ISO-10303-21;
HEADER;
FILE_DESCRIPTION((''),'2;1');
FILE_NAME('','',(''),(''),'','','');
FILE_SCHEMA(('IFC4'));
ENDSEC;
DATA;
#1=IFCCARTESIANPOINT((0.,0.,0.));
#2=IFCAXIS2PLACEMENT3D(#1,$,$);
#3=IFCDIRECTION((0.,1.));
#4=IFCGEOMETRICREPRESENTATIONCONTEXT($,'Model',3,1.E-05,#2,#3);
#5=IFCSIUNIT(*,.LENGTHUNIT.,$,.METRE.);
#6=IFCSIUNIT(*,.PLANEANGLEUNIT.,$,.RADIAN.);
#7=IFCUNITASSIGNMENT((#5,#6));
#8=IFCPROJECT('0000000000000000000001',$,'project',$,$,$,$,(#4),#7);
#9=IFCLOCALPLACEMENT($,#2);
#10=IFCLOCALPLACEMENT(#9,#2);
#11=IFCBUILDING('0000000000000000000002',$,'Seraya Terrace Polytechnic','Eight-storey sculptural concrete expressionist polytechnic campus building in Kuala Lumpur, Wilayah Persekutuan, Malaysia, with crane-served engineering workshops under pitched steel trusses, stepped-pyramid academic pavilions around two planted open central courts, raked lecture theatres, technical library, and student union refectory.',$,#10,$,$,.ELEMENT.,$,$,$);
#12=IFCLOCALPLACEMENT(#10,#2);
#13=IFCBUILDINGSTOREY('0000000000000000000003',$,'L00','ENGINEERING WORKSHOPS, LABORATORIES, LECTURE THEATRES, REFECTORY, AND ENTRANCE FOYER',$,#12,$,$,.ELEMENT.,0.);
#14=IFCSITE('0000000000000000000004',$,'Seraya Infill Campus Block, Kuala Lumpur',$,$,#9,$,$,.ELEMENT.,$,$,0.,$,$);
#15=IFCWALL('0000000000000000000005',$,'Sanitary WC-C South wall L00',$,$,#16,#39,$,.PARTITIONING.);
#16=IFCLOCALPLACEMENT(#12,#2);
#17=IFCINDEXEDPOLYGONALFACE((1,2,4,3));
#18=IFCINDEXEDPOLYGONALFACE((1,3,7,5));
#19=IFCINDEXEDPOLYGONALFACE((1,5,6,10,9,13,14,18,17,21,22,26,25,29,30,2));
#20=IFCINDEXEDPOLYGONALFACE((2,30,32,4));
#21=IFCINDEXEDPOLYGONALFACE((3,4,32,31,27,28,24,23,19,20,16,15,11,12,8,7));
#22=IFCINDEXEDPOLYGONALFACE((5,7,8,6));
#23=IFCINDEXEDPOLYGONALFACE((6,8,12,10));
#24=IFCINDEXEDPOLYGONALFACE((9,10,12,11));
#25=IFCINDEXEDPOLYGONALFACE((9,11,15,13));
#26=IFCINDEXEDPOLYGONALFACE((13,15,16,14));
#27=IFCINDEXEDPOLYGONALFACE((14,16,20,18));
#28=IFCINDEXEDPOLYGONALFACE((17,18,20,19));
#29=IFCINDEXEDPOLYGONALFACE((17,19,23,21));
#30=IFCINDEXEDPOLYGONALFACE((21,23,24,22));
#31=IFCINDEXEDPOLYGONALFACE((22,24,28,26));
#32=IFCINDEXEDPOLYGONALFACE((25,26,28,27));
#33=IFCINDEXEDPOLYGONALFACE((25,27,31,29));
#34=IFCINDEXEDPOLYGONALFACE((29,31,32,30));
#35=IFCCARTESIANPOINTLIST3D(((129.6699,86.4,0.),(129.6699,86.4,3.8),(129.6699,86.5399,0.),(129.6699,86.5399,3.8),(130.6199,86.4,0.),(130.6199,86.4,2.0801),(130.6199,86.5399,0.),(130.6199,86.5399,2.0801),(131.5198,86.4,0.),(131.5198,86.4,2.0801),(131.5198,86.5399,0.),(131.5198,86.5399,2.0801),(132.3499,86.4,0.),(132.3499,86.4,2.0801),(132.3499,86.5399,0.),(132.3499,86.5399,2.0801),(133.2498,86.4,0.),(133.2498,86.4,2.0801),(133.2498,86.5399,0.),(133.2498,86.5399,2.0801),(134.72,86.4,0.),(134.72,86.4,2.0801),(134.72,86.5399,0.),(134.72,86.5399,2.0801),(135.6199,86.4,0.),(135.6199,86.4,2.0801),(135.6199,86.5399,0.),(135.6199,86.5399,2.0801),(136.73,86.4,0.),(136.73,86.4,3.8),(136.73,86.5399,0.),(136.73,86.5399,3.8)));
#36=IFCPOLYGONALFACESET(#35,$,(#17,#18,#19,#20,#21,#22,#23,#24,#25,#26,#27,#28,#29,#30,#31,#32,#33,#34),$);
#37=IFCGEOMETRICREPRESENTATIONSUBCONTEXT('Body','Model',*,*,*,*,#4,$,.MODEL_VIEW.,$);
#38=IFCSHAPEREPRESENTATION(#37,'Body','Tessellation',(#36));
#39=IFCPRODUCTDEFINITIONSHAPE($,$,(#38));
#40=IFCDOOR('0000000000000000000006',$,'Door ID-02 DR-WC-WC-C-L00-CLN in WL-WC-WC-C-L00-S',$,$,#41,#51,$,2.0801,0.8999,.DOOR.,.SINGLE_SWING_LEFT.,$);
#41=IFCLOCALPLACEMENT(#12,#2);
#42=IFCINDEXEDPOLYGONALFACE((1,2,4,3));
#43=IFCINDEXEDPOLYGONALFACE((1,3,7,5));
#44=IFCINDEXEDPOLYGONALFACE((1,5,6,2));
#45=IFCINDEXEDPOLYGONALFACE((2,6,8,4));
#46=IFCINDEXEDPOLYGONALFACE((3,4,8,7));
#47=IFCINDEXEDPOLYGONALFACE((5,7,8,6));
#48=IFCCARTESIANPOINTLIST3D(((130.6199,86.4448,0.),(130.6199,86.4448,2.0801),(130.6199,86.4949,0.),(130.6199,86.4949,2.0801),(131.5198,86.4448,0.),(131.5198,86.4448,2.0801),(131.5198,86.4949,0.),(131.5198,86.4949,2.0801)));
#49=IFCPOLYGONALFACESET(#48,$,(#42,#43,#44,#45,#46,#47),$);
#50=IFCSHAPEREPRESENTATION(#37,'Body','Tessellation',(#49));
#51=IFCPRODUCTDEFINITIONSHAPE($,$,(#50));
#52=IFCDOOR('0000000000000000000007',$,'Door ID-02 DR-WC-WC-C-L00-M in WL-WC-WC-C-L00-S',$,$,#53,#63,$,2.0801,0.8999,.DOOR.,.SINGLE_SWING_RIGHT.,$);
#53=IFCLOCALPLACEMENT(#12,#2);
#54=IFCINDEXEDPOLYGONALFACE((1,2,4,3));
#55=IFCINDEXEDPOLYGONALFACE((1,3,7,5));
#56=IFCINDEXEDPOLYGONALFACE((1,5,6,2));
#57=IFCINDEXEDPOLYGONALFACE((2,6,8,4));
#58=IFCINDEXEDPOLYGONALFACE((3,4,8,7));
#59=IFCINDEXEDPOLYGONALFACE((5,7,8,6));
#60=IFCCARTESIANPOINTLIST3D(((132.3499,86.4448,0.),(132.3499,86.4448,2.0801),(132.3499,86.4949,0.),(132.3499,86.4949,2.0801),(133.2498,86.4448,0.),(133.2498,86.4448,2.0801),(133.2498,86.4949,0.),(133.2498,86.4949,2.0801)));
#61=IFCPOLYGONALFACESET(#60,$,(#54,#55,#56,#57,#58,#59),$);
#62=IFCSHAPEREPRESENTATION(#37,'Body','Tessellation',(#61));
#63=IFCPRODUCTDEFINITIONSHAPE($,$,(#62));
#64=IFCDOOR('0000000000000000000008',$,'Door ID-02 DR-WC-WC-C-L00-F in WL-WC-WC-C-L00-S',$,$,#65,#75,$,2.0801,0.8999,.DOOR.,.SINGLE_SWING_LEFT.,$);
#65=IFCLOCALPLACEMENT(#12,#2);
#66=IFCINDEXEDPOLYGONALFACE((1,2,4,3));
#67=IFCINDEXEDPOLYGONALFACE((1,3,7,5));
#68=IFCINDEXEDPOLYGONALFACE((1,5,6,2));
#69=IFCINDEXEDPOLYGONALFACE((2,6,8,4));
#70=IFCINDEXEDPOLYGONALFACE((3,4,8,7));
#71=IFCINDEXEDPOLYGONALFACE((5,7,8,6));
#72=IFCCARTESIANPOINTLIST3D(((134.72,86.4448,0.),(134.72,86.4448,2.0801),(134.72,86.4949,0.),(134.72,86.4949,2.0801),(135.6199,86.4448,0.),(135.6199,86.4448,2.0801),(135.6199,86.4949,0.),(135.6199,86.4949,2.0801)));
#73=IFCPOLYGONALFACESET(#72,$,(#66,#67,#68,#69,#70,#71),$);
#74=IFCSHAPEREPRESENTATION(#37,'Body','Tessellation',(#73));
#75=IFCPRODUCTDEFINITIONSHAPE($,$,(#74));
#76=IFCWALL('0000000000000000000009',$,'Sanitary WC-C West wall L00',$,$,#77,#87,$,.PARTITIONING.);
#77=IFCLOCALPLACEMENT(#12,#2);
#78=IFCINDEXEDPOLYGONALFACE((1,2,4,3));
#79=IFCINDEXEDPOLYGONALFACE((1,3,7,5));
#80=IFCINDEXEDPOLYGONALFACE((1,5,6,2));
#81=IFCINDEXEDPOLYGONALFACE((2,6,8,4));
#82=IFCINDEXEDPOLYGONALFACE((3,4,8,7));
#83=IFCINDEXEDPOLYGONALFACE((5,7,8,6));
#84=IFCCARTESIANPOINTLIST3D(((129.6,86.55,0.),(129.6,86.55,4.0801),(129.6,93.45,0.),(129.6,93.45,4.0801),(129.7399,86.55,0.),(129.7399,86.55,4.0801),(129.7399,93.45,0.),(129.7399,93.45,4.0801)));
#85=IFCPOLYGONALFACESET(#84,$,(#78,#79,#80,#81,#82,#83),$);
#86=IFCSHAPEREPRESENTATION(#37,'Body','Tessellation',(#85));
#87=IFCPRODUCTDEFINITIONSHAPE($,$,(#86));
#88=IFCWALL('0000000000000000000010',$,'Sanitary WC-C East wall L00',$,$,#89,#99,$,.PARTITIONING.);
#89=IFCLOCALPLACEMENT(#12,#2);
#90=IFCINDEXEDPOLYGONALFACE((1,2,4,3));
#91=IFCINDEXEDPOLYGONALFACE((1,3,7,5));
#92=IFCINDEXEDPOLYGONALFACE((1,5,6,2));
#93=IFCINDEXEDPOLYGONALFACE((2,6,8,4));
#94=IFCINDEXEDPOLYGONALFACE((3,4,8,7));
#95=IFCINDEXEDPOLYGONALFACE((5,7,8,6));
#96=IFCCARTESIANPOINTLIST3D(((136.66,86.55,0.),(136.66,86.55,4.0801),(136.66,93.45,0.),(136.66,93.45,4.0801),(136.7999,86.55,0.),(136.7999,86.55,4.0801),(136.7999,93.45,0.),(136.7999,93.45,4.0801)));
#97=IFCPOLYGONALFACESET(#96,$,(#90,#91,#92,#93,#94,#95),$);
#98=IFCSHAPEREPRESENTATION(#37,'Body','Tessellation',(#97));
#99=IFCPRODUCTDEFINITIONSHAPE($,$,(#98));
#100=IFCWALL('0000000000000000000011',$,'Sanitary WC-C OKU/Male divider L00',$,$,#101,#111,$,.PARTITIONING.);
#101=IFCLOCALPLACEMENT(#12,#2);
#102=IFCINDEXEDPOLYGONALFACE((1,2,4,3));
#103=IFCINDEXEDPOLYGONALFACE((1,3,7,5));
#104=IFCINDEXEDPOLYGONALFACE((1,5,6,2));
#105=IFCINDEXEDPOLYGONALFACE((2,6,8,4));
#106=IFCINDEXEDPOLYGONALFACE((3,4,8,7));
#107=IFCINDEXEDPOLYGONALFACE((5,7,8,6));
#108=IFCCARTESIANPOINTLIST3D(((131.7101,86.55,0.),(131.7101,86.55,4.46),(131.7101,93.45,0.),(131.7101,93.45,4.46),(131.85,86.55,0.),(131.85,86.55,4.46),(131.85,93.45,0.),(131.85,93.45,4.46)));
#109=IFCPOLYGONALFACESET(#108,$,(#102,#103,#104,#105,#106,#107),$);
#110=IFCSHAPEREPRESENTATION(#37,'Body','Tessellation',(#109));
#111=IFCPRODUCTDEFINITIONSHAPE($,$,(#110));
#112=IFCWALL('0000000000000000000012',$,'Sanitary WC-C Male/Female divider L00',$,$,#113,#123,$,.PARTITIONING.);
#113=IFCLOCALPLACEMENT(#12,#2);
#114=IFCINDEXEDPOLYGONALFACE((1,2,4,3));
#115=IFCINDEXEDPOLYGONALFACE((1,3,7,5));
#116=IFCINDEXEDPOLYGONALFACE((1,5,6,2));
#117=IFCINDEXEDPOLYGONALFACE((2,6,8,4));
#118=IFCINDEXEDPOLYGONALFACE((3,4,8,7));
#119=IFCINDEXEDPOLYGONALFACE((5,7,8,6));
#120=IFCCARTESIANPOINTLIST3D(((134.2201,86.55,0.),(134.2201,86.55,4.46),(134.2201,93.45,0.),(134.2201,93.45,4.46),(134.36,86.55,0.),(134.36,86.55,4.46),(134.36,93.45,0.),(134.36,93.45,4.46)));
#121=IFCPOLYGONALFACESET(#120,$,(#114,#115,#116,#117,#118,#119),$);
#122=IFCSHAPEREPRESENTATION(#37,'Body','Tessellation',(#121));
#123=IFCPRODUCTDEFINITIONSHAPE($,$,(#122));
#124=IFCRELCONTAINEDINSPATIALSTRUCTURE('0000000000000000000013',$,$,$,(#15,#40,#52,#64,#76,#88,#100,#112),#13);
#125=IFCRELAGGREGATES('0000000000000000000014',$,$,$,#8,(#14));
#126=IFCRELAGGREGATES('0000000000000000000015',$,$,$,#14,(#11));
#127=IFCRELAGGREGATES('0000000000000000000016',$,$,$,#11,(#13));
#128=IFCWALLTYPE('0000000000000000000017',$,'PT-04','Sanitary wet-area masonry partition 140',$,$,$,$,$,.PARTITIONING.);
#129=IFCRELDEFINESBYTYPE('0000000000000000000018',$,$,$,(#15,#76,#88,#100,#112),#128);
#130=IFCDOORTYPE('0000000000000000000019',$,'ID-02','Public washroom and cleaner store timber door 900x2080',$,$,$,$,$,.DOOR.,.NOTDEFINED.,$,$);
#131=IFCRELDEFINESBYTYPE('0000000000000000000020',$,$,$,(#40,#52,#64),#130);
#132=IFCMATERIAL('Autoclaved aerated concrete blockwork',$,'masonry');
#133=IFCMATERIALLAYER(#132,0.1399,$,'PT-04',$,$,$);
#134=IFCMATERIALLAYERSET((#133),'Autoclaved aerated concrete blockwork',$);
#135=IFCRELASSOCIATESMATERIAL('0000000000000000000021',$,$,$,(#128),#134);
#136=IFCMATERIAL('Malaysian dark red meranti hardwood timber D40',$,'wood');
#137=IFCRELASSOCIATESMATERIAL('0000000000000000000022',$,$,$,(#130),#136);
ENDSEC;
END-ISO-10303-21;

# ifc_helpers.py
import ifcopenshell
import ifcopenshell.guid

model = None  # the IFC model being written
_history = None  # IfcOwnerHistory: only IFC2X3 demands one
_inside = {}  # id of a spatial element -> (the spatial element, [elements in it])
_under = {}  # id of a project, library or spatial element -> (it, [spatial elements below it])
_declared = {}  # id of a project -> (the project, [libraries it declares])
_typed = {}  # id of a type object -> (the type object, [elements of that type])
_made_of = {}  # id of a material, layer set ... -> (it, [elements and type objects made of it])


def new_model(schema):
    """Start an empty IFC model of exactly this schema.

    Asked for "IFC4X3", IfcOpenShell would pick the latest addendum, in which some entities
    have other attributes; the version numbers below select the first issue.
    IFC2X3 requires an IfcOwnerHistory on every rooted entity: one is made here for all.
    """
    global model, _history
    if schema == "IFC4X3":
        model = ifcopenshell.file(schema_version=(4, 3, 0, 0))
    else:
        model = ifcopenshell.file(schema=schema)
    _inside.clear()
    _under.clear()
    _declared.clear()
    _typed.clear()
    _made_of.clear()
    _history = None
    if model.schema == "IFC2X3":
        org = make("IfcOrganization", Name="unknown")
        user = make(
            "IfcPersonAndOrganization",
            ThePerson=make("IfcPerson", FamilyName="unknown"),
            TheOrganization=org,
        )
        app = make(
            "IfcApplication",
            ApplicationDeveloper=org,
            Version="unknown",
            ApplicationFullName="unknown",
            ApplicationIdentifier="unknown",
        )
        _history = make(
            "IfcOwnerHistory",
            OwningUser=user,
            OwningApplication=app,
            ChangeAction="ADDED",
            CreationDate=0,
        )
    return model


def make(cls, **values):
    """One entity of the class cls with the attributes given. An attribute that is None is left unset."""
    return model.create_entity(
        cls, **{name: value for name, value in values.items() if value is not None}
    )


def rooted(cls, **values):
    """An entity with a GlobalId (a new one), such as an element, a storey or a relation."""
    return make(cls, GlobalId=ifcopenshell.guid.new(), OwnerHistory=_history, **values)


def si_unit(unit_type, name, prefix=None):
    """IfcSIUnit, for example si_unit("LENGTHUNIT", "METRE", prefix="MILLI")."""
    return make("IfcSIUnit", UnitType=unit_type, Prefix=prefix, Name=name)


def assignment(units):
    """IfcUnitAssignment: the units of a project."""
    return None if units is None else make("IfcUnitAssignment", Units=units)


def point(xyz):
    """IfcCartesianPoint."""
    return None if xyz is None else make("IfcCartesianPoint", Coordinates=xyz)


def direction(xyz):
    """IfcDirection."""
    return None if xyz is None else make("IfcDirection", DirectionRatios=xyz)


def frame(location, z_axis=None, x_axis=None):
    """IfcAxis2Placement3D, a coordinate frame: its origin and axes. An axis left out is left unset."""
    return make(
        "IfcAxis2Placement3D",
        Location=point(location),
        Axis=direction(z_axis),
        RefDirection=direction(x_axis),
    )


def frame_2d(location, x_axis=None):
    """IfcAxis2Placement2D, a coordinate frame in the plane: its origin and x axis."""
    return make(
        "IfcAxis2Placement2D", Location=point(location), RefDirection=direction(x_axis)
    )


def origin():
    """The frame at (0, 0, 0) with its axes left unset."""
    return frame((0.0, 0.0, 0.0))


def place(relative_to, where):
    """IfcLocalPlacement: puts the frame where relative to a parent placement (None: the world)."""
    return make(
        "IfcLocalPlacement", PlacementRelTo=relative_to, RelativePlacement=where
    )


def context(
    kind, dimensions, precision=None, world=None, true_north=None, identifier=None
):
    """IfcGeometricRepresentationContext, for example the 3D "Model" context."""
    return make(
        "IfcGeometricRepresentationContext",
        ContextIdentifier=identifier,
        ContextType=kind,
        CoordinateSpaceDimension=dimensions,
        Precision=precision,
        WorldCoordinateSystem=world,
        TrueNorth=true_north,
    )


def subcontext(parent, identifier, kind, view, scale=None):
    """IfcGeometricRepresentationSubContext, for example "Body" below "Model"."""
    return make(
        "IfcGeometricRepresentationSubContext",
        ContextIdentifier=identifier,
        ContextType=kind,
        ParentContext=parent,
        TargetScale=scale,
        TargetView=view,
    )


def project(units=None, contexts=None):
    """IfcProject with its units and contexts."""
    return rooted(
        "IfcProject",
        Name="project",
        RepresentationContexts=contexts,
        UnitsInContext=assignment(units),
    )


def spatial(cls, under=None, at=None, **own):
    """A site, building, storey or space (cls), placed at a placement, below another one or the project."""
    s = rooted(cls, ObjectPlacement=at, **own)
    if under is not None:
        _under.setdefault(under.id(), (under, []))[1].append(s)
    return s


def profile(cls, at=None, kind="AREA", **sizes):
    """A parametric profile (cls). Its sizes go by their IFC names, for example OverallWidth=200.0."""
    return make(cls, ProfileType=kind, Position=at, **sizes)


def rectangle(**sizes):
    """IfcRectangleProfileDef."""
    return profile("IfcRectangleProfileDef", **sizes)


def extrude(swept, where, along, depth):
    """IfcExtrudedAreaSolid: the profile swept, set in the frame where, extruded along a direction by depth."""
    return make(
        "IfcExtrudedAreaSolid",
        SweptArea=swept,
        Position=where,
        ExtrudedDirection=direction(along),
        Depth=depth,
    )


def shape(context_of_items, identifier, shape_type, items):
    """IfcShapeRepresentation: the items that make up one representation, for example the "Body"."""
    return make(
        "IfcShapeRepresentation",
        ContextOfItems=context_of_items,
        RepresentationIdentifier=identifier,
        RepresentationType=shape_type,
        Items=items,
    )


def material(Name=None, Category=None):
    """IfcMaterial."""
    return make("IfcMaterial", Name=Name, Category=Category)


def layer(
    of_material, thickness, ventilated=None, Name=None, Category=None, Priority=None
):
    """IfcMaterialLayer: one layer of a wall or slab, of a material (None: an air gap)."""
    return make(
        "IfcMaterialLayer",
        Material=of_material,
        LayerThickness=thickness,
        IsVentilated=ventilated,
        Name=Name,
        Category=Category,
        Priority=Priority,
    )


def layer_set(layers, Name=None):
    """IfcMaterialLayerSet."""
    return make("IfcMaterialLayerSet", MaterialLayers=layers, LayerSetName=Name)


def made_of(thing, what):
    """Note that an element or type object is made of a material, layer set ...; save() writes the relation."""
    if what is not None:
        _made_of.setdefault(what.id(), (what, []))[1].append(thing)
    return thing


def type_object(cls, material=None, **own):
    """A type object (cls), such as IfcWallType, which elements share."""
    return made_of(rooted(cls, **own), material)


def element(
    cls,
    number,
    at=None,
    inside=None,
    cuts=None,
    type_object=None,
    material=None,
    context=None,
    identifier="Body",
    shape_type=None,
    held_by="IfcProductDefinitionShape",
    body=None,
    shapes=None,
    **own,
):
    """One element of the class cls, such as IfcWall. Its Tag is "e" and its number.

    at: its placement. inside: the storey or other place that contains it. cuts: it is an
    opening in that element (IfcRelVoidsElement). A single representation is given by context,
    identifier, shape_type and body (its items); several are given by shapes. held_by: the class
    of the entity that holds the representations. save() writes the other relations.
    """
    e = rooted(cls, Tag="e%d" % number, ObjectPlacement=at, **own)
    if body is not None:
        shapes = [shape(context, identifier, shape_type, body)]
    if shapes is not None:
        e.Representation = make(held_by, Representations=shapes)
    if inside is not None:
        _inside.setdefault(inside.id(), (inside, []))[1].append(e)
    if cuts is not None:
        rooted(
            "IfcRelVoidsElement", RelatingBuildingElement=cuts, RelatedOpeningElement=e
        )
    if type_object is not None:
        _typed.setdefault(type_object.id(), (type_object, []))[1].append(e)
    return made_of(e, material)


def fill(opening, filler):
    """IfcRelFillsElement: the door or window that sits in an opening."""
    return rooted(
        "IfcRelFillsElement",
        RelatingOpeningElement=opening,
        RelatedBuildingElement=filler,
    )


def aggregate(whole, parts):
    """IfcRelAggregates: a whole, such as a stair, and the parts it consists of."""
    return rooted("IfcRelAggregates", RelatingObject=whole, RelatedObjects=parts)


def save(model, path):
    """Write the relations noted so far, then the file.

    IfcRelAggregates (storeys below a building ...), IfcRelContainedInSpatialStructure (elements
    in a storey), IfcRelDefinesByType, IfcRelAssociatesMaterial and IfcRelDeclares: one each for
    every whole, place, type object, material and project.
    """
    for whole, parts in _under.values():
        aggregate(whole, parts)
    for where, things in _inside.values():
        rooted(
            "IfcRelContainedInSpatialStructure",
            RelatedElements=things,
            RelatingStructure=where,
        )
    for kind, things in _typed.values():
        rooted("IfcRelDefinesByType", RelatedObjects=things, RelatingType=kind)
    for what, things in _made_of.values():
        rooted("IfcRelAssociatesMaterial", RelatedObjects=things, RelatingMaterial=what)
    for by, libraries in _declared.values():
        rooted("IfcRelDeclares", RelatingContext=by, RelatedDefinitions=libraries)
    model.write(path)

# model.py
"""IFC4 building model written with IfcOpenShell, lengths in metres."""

from ifc_helpers import new_model, si_unit, direction, frame, frame_2d, origin, place, context, subcontext, project, spatial, rectangle, extrude, material, layer, layer_set, type_object, element, fill, save


model = new_model("IFC4")

# Units and contexts
model_context = context("Model", 3, precision=1e-05, world=origin(), true_north=direction((0.0, 1.0)))
body_context = subcontext(model_context, "Body", "Model", "MODEL_VIEW")
ifc_project = project(units=[si_unit("LENGTHUNIT", "METRE"), si_unit("PLANEANGLEUNIT", "RADIAN")], contexts=[model_context])

# Site, building, storey
site_placement = place(None, origin())
site = spatial("IfcSite", under=ifc_project, at=site_placement, Name="Seraya Infill Campus Block, Kuala Lumpur", CompositionType="ELEMENT", RefElevation=0.0)
building_placement = place(site_placement, origin())
building = spatial("IfcBuilding", under=site, at=building_placement, Name="Seraya Terrace Polytechnic", Description="Eight-storey sculptural concrete expressionist polytechnic campus building in Kuala Lumpur, Wilayah Persekutuan, Malaysia, with crane-served engineering workshops under pitched steel trusses, stepped-pyramid academic pavilions around two planted open central courts, raked lecture theatres, technical library, and student union refectory.", CompositionType="ELEMENT")
storey_placement = place(building_placement, origin())
storey = spatial("IfcBuildingStorey", under=building, at=storey_placement, Name="L00", Description="ENGINEERING WORKSHOPS, LABORATORIES, LECTURE THEATRES, REFECTORY, AND ENTRANCE FOYER", CompositionType="ELEMENT", Elevation=0.0)

# Shared definitions
ifc_material_1 = material(Name="Autoclaved aerated concrete blockwork", Category="masonry")
ifc_material_2 = material(Name="Malaysian dark red meranti hardwood timber D40", Category="wood")

# Wall, openings, doors
ifc_layer_1 = layer(ifc_material_1, 0.1399, Name="PT-04")
ifc_layer_set_1 = layer_set([ifc_layer_1], Name="Autoclaved aerated concrete blockwork")
wall_type_1 = type_object("IfcWallType", Name="PT-04", Description="Sanitary wet-area masonry partition 140", PredefinedType="PARTITIONING", material=ifc_layer_set_1)
wall_1_placement = place(storey_placement, frame((129.6699, 86.47, 0.0), z_axis=(0.0, 0.0, 1.0), x_axis=(1.0, 0.0, 0.0)))
wall_1 = element("IfcWall", 1, at=wall_1_placement, inside=storey, type_object=wall_type_1, Name="Sanitary WC-C South wall L00", PredefinedType="PARTITIONING", context=body_context, shape_type="SweptSolid", body=[
    extrude(rectangle(XDim=7.0601, YDim=0.1399, at=frame_2d((3.53, 0.0))), origin(), (0.0, 0.0, 1.0), 3.8),
])
opening_1_placement = place(wall_1_placement, frame((0.95, 0.0, 0.0)))
opening_1 = element("IfcOpeningElement", 2, at=opening_1_placement, cuts=wall_1, PredefinedType="OPENING", context=body_context, shape_type="SweptSolid", body=[
    extrude(rectangle(XDim=0.8999, YDim=2.0801, at=frame_2d((0.45, 1.04))), frame((0.0, 0.082, 0.0), z_axis=(0.0, -1.0, 0.0), x_axis=(1.0, 0.0, 0.0)), (0.0, 0.0, 1.0), 0.1638),
])
opening_2_placement = place(wall_1_placement, frame((2.6799, 0.0, 0.0)))
opening_2 = element("IfcOpeningElement", 3, at=opening_2_placement, cuts=wall_1, PredefinedType="OPENING", context=body_context, shape_type="SweptSolid", body=[
    extrude(rectangle(XDim=0.8999, YDim=2.0801, at=frame_2d((0.45, 1.04))), frame((0.0, 0.082, 0.0), z_axis=(0.0, -1.0, 0.0), x_axis=(1.0, 0.0, 0.0)), (0.0, 0.0, 1.0), 0.1638),
])
opening_3_placement = place(wall_1_placement, frame((5.05, 0.0, 0.0)))
opening_3 = element("IfcOpeningElement", 4, at=opening_3_placement, cuts=wall_1, PredefinedType="OPENING", context=body_context, shape_type="SweptSolid", body=[
    extrude(rectangle(XDim=0.8999, YDim=2.0801, at=frame_2d((0.45, 1.04))), frame((0.0, 0.082, 0.0), z_axis=(0.0, -1.0, 0.0), x_axis=(1.0, 0.0, 0.0)), (0.0, 0.0, 1.0), 0.1638),
])
door_type_1 = type_object("IfcDoorType", Name="ID-02", Description="Public washroom and cleaner store timber door 900x2080", OperationType="NOTDEFINED", PredefinedType="DOOR", material=ifc_material_2)
door_1_placement = place(opening_1_placement, origin())
door_1 = element("IfcDoor", 5, at=door_1_placement, inside=storey, type_object=door_type_1, Name="Door ID-02 DR-WC-WC-C-L00-CLN in WL-WC-WC-C-L00-S", OperationType="SINGLE_SWING_LEFT", OverallHeight=2.0801, OverallWidth=0.8999, PredefinedType="DOOR", context=body_context, shape_type="SweptSolid", body=[
    extrude(rectangle(XDim=0.8999, YDim=2.0801, at=frame_2d((0.45, 1.04))), frame((0.0, 0.0249, 0.0), z_axis=(0.0, -1.0, 0.0), x_axis=(1.0, 0.0, 0.0)), (0.0, 0.0, 1.0), 0.05),
])
fill(opening_1, door_1)
door_2_placement = place(opening_2_placement, origin())
door_2 = element("IfcDoor", 6, at=door_2_placement, inside=storey, type_object=door_type_1, Name="Door ID-02 DR-WC-WC-C-L00-M in WL-WC-WC-C-L00-S", OperationType="SINGLE_SWING_RIGHT", OverallHeight=2.0801, OverallWidth=0.8999, PredefinedType="DOOR", context=body_context, shape_type="SweptSolid", body=[
    extrude(rectangle(XDim=0.8999, YDim=2.0801, at=frame_2d((0.45, 1.04))), frame((0.0, 0.0249, 0.0), z_axis=(0.0, -1.0, 0.0), x_axis=(1.0, 0.0, 0.0)), (0.0, 0.0, 1.0), 0.05),
])
fill(opening_2, door_2)
door_3_placement = place(opening_3_placement, origin())
door_3 = element("IfcDoor", 7, at=door_3_placement, inside=storey, type_object=door_type_1, Name="Door ID-02 DR-WC-WC-C-L00-F in WL-WC-WC-C-L00-S", OperationType="SINGLE_SWING_LEFT", OverallHeight=2.0801, OverallWidth=0.8999, PredefinedType="DOOR", context=body_context, shape_type="SweptSolid", body=[
    extrude(rectangle(XDim=0.8999, YDim=2.0801, at=frame_2d((0.45, 1.04))), frame((0.0, 0.0249, 0.0), z_axis=(0.0, -1.0, 0.0), x_axis=(1.0, 0.0, 0.0)), (0.0, 0.0, 1.0), 0.05),
])
fill(opening_3, door_3)

# Walls
for number, where, z_axis, x_axis, name in (
    (8, (129.6699, 86.55, 0.0), (0.0, 0.0, 1.0), (0.0, 1.0, 0.0), "Sanitary WC-C West wall L00"),
    (9, (136.73, 86.55, 0.0), (0.0, 0.0, 1.0), (0.0, 1.0, 0.0), "Sanitary WC-C East wall L00"),
):
    element("IfcWall", number, at=place(storey_placement, frame(where, z_axis=z_axis, x_axis=x_axis)), inside=storey, type_object=wall_type_1, Name=name, PredefinedType="PARTITIONING", context=body_context, shape_type="SweptSolid", body=[
        extrude(rectangle(XDim=6.8999, YDim=0.1399, at=frame_2d((3.45, 0.0))), origin(), (0.0, 0.0, 1.0), 4.0801),
    ])
for number, where, z_axis, x_axis, name in (
    (10, (131.78, 86.55, 0.0), (0.0, 0.0, 1.0), (0.0, 1.0, 0.0), "Sanitary WC-C OKU/Male divider L00"),
    (11, (134.29, 86.55, 0.0), (0.0, 0.0, 1.0), (0.0, 1.0, 0.0), "Sanitary WC-C Male/Female divider L00"),
):
    element("IfcWall", number, at=place(storey_placement, frame(where, z_axis=z_axis, x_axis=x_axis)), inside=storey, type_object=wall_type_1, Name=name, PredefinedType="PARTITIONING", context=body_context, shape_type="SweptSolid", body=[
        extrude(rectangle(XDim=6.8999, YDim=0.1399, at=frame_2d((3.45, 0.0))), origin(), (0.0, 0.0, 1.0), 4.46),
    ])

save(model, "model.ifc")
